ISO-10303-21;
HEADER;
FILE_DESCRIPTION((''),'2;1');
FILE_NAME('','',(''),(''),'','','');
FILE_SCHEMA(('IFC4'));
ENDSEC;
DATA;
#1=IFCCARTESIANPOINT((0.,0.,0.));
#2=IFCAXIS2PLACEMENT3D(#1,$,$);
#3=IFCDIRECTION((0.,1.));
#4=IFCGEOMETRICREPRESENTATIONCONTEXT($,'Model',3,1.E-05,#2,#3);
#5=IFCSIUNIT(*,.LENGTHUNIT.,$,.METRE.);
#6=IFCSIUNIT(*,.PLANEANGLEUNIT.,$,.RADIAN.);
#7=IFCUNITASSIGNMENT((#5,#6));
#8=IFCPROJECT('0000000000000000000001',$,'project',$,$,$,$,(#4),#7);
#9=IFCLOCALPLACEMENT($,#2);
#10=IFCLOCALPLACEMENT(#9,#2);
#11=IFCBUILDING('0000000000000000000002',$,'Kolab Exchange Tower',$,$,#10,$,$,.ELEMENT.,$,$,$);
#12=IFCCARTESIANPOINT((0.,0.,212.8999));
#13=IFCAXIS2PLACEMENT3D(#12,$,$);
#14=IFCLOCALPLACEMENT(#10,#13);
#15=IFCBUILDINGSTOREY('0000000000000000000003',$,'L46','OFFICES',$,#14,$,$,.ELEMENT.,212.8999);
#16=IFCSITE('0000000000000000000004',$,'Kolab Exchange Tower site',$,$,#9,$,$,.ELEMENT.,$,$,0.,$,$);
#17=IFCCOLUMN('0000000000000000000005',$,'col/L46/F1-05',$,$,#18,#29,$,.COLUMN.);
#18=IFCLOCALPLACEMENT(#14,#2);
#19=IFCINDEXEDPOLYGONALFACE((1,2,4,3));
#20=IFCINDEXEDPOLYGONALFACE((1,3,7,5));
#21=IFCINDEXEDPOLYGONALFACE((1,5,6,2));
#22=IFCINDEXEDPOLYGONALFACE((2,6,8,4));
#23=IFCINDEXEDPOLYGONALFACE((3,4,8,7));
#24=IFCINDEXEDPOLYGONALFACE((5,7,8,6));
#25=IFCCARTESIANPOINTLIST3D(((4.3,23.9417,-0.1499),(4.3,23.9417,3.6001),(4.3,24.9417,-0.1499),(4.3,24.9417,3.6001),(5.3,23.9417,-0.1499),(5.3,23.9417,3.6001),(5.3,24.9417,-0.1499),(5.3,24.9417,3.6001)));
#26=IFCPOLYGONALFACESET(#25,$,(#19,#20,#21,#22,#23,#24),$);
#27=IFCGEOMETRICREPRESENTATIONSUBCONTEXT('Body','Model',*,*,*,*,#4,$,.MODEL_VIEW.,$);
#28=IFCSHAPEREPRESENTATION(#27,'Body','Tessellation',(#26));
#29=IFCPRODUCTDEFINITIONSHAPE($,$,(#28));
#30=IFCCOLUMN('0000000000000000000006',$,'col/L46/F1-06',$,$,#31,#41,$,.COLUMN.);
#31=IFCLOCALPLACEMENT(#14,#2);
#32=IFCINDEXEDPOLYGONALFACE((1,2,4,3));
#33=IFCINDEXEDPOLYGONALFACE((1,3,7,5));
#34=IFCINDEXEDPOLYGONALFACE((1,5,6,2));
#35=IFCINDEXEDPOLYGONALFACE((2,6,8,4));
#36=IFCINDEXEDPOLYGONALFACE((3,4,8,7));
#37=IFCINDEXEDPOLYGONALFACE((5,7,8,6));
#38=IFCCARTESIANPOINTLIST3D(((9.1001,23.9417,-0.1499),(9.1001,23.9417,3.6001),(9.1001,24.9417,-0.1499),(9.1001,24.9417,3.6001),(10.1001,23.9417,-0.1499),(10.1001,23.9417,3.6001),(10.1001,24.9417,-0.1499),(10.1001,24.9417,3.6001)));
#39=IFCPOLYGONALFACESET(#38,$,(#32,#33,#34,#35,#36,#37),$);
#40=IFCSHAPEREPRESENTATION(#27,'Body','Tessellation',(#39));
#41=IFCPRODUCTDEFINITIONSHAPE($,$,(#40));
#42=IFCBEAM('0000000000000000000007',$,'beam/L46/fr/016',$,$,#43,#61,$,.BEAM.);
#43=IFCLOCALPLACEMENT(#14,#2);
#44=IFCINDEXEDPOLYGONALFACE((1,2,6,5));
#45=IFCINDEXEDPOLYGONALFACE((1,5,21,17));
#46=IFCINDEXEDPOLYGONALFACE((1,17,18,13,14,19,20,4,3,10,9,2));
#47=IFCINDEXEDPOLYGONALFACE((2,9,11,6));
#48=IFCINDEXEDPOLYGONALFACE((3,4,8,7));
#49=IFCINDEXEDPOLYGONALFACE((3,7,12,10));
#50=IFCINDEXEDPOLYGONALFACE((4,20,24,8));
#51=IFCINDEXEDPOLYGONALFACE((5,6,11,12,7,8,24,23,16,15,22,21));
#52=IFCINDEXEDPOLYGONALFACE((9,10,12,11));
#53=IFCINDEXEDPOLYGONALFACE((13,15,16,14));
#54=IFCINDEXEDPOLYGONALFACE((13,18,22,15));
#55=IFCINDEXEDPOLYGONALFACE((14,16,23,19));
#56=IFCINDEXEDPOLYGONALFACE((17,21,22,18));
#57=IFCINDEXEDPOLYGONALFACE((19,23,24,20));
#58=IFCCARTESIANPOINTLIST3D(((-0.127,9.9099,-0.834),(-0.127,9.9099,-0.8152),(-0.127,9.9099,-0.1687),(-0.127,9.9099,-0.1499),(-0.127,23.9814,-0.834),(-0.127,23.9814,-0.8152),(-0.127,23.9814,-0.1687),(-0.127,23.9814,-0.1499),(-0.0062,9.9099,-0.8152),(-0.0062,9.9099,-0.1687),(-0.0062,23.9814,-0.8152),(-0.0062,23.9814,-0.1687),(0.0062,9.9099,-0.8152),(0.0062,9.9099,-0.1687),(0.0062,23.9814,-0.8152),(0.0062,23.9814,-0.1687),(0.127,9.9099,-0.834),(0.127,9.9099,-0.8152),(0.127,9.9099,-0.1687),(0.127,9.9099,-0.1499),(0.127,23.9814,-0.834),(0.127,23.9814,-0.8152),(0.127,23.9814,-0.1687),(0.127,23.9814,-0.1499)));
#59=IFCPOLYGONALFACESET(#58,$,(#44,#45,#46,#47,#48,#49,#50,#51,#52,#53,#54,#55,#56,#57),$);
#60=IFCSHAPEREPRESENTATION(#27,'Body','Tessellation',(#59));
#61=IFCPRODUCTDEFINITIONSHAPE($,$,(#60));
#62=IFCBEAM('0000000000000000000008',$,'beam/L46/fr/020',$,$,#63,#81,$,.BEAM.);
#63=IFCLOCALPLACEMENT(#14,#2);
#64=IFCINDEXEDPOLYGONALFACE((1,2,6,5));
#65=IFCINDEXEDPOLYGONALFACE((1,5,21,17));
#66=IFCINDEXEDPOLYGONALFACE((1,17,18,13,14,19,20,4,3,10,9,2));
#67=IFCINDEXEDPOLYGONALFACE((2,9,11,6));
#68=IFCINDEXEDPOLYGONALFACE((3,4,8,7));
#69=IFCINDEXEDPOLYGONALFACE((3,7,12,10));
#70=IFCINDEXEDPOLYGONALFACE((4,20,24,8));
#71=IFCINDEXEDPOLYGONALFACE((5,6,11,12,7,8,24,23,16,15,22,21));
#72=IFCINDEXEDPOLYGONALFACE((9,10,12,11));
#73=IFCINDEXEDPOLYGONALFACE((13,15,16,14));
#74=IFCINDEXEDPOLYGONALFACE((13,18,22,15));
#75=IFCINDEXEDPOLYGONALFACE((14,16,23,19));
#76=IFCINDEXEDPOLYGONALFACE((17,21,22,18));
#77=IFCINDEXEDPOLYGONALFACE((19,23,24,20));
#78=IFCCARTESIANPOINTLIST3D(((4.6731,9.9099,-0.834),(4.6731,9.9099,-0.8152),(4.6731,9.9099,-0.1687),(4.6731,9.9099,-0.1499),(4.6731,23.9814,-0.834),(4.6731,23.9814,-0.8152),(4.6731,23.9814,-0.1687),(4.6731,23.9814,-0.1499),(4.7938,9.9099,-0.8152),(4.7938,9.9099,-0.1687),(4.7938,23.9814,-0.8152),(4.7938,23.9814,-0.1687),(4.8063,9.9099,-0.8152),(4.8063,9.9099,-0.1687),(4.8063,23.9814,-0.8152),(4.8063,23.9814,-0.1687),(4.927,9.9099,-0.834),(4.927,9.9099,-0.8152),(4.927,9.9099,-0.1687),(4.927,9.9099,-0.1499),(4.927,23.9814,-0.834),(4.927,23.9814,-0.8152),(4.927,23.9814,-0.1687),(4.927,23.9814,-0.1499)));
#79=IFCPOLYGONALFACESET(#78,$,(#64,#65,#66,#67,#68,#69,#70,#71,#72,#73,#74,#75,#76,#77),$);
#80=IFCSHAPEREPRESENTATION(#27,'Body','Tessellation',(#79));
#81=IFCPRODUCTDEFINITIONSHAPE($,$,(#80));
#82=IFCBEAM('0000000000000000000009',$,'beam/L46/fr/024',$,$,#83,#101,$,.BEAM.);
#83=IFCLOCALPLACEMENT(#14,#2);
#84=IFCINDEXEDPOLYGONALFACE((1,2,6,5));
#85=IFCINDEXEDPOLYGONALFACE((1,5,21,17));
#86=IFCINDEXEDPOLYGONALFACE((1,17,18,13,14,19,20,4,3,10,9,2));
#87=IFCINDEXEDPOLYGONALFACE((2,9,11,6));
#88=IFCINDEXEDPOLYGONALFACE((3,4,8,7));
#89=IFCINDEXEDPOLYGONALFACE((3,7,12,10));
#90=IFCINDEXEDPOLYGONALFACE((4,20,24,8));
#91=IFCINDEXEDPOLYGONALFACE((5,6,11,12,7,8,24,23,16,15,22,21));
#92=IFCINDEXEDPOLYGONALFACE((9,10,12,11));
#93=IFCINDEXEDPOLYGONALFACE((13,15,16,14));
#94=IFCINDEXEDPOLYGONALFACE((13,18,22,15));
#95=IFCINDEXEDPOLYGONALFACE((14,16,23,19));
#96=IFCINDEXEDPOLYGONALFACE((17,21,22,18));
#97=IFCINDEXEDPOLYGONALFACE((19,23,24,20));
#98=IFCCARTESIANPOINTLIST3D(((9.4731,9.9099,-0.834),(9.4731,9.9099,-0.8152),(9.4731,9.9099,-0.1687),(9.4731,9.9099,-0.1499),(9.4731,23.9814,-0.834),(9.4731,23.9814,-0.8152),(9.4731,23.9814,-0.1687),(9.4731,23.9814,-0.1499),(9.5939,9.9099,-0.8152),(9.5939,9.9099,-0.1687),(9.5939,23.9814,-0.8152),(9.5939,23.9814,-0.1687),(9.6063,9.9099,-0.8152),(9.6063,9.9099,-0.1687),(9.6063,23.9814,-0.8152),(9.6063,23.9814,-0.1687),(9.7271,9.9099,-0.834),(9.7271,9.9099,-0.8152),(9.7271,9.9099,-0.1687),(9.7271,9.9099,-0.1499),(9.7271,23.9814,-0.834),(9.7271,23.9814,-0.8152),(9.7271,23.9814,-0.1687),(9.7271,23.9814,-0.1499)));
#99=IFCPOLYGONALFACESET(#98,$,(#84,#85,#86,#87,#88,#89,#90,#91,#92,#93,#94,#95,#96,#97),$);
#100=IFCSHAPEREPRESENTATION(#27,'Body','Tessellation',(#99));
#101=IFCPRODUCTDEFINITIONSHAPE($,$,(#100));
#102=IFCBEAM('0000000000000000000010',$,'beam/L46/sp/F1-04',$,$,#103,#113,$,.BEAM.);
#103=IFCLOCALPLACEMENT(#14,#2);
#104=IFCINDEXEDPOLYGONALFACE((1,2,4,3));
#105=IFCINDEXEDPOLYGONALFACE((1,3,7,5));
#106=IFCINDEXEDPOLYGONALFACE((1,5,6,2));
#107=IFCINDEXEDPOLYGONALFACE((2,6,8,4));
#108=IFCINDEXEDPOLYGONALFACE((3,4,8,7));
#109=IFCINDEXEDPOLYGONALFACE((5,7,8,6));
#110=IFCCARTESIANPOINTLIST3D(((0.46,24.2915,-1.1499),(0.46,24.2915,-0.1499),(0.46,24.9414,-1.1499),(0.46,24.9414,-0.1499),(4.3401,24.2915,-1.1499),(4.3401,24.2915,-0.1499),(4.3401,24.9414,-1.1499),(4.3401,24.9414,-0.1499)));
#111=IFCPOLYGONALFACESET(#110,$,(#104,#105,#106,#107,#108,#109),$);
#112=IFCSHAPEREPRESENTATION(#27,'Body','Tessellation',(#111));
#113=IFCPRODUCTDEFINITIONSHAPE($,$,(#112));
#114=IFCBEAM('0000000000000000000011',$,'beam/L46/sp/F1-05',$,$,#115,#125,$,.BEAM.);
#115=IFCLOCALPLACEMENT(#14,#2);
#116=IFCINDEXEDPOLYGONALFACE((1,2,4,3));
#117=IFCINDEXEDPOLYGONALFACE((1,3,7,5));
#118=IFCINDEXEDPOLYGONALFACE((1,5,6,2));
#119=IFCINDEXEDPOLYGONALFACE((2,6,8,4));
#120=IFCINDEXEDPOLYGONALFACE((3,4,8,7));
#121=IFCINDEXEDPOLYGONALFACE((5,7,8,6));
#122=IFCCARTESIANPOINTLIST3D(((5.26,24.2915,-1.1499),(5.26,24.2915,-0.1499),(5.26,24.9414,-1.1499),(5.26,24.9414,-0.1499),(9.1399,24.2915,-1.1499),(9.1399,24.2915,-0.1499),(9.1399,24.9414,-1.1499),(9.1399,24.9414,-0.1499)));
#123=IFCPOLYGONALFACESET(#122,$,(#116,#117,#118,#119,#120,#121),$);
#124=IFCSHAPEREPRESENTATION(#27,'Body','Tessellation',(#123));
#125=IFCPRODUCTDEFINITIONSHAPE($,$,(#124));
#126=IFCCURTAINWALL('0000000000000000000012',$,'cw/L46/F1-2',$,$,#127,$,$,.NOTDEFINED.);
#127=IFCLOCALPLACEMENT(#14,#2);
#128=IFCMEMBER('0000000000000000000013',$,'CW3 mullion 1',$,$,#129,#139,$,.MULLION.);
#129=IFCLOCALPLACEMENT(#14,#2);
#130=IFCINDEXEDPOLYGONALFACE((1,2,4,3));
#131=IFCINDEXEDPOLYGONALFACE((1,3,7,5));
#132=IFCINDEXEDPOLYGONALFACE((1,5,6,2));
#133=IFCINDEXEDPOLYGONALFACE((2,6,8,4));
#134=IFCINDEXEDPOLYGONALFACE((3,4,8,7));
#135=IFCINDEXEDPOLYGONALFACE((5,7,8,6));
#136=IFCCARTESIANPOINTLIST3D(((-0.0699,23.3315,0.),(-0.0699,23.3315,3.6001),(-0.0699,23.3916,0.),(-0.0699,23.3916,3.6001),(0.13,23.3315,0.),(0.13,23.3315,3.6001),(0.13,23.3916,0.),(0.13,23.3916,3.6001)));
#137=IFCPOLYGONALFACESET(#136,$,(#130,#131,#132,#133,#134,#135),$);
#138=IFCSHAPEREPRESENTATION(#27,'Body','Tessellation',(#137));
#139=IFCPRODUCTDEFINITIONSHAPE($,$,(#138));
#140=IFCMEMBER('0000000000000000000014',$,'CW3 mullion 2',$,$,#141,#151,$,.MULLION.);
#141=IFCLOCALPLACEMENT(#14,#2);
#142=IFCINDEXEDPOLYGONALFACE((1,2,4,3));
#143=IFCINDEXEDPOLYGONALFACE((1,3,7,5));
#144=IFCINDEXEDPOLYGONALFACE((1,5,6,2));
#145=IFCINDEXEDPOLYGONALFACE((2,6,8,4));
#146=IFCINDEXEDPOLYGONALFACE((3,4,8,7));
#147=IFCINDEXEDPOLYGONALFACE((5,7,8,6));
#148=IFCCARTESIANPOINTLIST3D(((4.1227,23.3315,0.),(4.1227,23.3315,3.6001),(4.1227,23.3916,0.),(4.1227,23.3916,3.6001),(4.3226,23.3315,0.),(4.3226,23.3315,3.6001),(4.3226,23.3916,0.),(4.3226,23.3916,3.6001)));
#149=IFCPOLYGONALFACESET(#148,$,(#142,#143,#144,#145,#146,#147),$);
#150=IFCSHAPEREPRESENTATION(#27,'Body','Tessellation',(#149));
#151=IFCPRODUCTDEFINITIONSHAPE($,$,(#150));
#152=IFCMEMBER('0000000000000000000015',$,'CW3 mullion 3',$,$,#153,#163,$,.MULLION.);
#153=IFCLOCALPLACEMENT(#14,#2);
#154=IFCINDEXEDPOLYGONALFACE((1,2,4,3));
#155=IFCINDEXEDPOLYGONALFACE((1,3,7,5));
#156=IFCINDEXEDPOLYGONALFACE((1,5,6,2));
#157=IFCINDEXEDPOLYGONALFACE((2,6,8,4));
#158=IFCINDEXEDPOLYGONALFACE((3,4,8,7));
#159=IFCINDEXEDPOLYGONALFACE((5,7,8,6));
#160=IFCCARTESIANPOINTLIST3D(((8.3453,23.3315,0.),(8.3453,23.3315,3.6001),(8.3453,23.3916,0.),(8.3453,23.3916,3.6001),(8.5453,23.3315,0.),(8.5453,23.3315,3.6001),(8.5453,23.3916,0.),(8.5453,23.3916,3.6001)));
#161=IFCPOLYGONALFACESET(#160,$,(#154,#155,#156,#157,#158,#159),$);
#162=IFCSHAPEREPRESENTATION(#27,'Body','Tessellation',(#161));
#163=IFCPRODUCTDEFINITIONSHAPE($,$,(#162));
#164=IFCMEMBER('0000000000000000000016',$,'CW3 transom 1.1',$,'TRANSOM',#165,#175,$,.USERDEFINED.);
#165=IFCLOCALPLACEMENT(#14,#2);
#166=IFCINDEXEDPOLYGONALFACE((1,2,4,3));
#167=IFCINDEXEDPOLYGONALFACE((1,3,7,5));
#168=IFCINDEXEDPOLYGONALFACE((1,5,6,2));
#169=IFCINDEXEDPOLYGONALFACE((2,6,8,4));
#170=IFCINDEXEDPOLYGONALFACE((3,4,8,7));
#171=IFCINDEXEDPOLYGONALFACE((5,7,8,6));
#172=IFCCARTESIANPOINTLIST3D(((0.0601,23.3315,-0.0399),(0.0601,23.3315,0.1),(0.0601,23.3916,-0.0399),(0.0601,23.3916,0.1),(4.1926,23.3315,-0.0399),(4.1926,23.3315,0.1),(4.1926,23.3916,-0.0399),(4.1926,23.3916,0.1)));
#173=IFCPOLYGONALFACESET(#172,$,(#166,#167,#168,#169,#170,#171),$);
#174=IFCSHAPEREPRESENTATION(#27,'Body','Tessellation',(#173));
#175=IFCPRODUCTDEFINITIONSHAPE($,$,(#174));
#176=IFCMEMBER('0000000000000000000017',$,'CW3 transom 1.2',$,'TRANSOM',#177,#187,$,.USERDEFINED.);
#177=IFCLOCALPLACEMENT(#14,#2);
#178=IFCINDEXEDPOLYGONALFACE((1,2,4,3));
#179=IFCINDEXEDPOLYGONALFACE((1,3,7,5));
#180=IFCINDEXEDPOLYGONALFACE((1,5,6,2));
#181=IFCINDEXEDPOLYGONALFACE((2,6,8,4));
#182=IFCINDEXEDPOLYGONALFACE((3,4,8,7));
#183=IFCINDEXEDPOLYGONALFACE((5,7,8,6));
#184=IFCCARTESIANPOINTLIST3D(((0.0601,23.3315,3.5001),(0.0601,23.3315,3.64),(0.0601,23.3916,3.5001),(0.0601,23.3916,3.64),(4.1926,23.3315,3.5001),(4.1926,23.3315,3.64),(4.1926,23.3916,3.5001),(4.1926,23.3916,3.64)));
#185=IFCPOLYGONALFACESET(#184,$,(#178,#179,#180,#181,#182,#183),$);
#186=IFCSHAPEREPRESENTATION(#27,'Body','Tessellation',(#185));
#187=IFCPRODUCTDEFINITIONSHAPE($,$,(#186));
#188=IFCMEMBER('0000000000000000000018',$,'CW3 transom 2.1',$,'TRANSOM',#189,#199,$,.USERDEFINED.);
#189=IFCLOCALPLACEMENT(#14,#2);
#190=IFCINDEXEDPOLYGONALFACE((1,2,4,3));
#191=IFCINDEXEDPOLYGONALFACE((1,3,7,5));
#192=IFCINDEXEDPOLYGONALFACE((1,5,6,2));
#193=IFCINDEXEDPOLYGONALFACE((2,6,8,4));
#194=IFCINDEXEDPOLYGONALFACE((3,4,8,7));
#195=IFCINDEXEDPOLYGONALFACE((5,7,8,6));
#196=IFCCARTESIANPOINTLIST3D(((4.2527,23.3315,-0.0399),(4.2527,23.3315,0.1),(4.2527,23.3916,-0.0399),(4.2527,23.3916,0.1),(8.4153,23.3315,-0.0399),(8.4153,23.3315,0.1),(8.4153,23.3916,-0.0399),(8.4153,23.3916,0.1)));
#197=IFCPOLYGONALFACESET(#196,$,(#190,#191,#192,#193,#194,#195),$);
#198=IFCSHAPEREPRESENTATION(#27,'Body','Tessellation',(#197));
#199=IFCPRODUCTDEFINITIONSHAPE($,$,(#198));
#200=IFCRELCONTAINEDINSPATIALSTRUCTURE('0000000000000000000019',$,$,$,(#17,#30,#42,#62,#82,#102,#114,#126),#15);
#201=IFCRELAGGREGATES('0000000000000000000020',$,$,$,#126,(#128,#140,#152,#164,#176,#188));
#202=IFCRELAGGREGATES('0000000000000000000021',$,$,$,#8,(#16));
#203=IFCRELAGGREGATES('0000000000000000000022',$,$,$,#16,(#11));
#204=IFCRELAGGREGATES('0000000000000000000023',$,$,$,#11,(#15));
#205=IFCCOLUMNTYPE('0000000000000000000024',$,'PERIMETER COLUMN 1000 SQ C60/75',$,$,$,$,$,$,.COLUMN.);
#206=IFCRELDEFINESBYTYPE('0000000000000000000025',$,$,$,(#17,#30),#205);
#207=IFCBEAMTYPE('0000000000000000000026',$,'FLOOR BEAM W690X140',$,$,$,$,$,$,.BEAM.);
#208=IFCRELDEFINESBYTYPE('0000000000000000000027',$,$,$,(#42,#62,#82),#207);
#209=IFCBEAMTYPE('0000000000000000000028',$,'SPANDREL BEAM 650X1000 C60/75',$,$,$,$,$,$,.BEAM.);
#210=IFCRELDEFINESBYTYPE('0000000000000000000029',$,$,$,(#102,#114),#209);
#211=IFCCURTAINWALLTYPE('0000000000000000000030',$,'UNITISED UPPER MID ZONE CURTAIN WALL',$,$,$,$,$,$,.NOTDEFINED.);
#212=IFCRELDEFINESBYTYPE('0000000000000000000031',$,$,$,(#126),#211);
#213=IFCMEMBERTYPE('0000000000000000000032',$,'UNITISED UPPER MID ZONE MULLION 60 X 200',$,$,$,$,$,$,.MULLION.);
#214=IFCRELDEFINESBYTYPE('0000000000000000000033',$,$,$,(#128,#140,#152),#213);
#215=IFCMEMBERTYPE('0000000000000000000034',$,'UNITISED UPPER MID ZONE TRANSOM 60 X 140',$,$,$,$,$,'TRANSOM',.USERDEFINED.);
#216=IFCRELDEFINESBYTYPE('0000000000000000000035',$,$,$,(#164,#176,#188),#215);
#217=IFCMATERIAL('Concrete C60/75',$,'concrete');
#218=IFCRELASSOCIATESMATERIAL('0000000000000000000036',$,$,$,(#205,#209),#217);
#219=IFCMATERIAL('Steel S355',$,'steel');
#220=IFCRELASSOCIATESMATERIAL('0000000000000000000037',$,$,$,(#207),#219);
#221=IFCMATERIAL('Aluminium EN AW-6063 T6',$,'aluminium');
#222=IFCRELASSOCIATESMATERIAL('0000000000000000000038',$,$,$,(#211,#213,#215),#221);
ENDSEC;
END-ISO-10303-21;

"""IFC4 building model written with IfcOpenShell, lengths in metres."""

from ifc_helpers import new_model, si_unit, direction, frame, origin, origin_2d, place, context, subcontext, project, spatial, rectangle, i_section, extrude, material, material_profile, profile_set, type_object, element, aggregate, save


model = new_model("IFC4")

# Units and contexts
model_context = context("Model", 3, precision=1e-05, world=origin(), true_north=direction((0.0, 1.0)))
body_context = subcontext(model_context, "Body", "Model", "MODEL_VIEW")
ifc_project = project(units=[si_unit("LENGTHUNIT", "METRE"), si_unit("PLANEANGLEUNIT", "RADIAN")], contexts=[model_context])

# Site, building, storey
site_placement = place(None, origin())
site = spatial("IfcSite", under=ifc_project, at=site_placement, Name="Kolab Exchange Tower site", CompositionType="ELEMENT", RefElevation=0.0)
building_placement = place(site_placement, origin())
building = spatial("IfcBuilding", under=site, at=building_placement, Name="Kolab Exchange Tower", CompositionType="ELEMENT")
storey_placement = place(building_placement, frame((0.0, 0.0, 212.8999)))
storey = spatial("IfcBuildingStorey", under=building, at=storey_placement, Name="L46", Description="OFFICES", CompositionType="ELEMENT", Elevation=212.8999)

# Columns
ifc_material_1 = material(Name="Concrete C60/75", Category="concrete")
ifc_material_profile_1 = material_profile(ifc_material_1, rectangle(XDim=1.0, YDim=1.0, at=origin_2d()), Name="RC1000")
ifc_profile_set_1 = profile_set([ifc_material_profile_1], Name="Concrete C60/75")
column_type = type_object("IfcColumnType", Name="PERIMETER COLUMN 1000 SQ C60/75", PredefinedType="COLUMN", material=ifc_profile_set_1)
for number, where, z_axis, x_axis, name in (
    (1, (4.8, 24.4417, -0.1499), (0.0, 0.0, 1.0), (1.0, 0.0, 0.0), "col/L46/F1-05"),
    (2, (9.6001, 24.4417, -0.1499), (0.0, 0.0, 1.0), (1.0, 0.0, 0.0), "col/L46/F1-06"),
):
    element("IfcColumn", number, at=place(storey_placement, frame(where, z_axis=z_axis, x_axis=x_axis)), inside=storey, type_object=column_type, Name=name, PredefinedType="COLUMN", context=body_context, shape_type="SweptSolid", body=[
        extrude(rectangle(XDim=1.0, YDim=1.0, at=origin_2d()), origin(), (0.0, 0.0, 1.0), 3.75),
    ])

# Beams
ifc_material_2 = material(Name="Steel S355", Category="steel")
ifc_material_profile_2 = material_profile(ifc_material_2, i_section(OverallWidth=0.2539, OverallDepth=0.6841, WebThickness=0.0125, FlangeThickness=0.0188, at=origin_2d()), Name="W690X140")
ifc_profile_set_2 = profile_set([ifc_material_profile_2], Name="Steel S355")
beam_type_1 = type_object("IfcBeamType", Name="FLOOR BEAM W690X140", PredefinedType="BEAM", material=ifc_profile_set_2)
for number, where, z_axis, x_axis, name in (
    (3, (0.0, 9.9099, -0.4919), (0.0, 1.0, 0.0), (-1.0, 0.0, 0.0), "beam/L46/fr/016"),
    (4, (4.8, 9.9099, -0.4919), (0.0, 1.0, 0.0), (-1.0, 0.0, 0.0), "beam/L46/fr/020"),
    (5, (9.6001, 9.9099, -0.4919), (0.0, 1.0, 0.0), (-1.0, 0.0, 0.0), "beam/L46/fr/024"),
):
    element("IfcBeam", number, at=place(storey_placement, frame(where, z_axis=z_axis, x_axis=x_axis)), inside=storey, type_object=beam_type_1, Name=name, PredefinedType="BEAM", context=body_context, shape_type="SweptSolid", body=[
        extrude(i_section(OverallWidth=0.2539, OverallDepth=0.6841, WebThickness=0.0125, FlangeThickness=0.0188, at=origin_2d()), origin(), (0.0, 0.0, 1.0), 14.0715),
    ])
ifc_material_profile_3 = material_profile(ifc_material_1, rectangle(XDim=0.6499, YDim=1.0, at=origin_2d()), Name="RC650X1000")
ifc_profile_set_3 = profile_set([ifc_material_profile_3], Name="Concrete C60/75")
beam_type_2 = type_object("IfcBeamType", Name="SPANDREL BEAM 650X1000 C60/75", PredefinedType="BEAM", material=ifc_profile_set_3)
beam_1_placement = place(storey_placement, frame((0.46, 24.6165, -0.6499), z_axis=(1.0, 0.0, 0.0), x_axis=(0.0, 1.0, 0.0)))
element("IfcBeam", 6, at=beam_1_placement, inside=storey, type_object=beam_type_2, Name="beam/L46/sp/F1-04", PredefinedType="BEAM", context=body_context, shape_type="SweptSolid", body=[
    extrude(rectangle(XDim=0.6499, YDim=1.0, at=origin_2d()), origin(), (0.0, 0.0, 1.0), 3.8801),
])
beam_2_placement = place(storey_placement, frame((5.26, 24.6165, -0.6499), z_axis=(1.0, 0.0, 0.0), x_axis=(0.0, 1.0, 0.0)))
element("IfcBeam", 7, at=beam_2_placement, inside=storey, type_object=beam_type_2, Name="beam/L46/sp/F1-05", PredefinedType="BEAM", context=body_context, shape_type="SweptSolid", body=[
    extrude(rectangle(XDim=0.6499, YDim=1.0, at=origin_2d()), origin(), (0.0, 0.0, 1.0), 3.8799),
])

# Curtain wall, members
ifc_material_3 = material(Name="Aluminium EN AW-6063 T6", Category="aluminium")
curtain_wall_type = type_object("IfcCurtainWallType", Name="UNITISED UPPER MID ZONE CURTAIN WALL", PredefinedType="NOTDEFINED", material=ifc_material_3)
curtain_wall_placement = place(storey_placement, origin())
curtain_wall = element("IfcCurtainWall", 8, at=curtain_wall_placement, inside=storey, type_object=curtain_wall_type, Name="cw/L46/F1-2", PredefinedType="NOTDEFINED")
ifc_material_profile_4 = material_profile(ifc_material_3, rectangle(XDim=0.0601, YDim=0.2, at=origin_2d()), Name="RECT 60X200")
ifc_profile_set_4 = profile_set([ifc_material_profile_4], Name="Aluminium EN AW-6063 T6")
member_type_1 = type_object("IfcMemberType", Name="UNITISED UPPER MID ZONE MULLION 60 X 200", PredefinedType="MULLION", material=ifc_profile_set_4)
member_1_placement = place(storey_placement, frame((0.03, 23.3616, 0.0), z_axis=(0.0, 0.0, 1.0), x_axis=(0.0, 1.0, 0.0)))
member_1 = element("IfcMember", 9, at=member_1_placement, type_object=member_type_1, Name="CW3 mullion 1", PredefinedType="MULLION", context=body_context, shape_type="SweptSolid", body=[
    extrude(rectangle(XDim=0.0601, YDim=0.2, at=origin_2d()), origin(), (0.0, 0.0, 1.0), 3.6001),
])
member_2_placement = place(storey_placement, frame((4.2227, 23.3616, 0.0), z_axis=(0.0, 0.0, 1.0), x_axis=(0.0, 1.0, 0.0)))
member_2 = element("IfcMember", 10, at=member_2_placement, type_object=member_type_1, Name="CW3 mullion 2", PredefinedType="MULLION", context=body_context, shape_type="SweptSolid", body=[
    extrude(rectangle(XDim=0.0601, YDim=0.2, at=origin_2d()), origin(), (0.0, 0.0, 1.0), 3.6001),
])
member_3_placement = place(storey_placement, frame((8.4453, 23.3616, 0.0), z_axis=(0.0, 0.0, 1.0), x_axis=(0.0, 1.0, 0.0)))
member_3 = element("IfcMember", 11, at=member_3_placement, type_object=member_type_1, Name="CW3 mullion 3", PredefinedType="MULLION", context=body_context, shape_type="SweptSolid", body=[
    extrude(rectangle(XDim=0.0601, YDim=0.2, at=origin_2d()), origin(), (0.0, 0.0, 1.0), 3.6001),
])
ifc_material_profile_5 = material_profile(ifc_material_3, rectangle(XDim=0.0601, YDim=0.1399, at=origin_2d()), Name="RECT 60X140")
ifc_profile_set_5 = profile_set([ifc_material_profile_5], Name="Aluminium EN AW-6063 T6")
member_type_2 = type_object("IfcMemberType", Name="UNITISED UPPER MID ZONE TRANSOM 60 X 140", ElementType="TRANSOM", PredefinedType="USERDEFINED", material=ifc_profile_set_5)
member_4_placement = place(storey_placement, frame((0.0601, 23.3616, 0.03), z_axis=(1.0, 0.0, 0.0), x_axis=(0.0, 1.0, 0.0)))
member_4 = element("IfcMember", 12, at=member_4_placement, type_object=member_type_2, Name="CW3 transom 1.1", ObjectType="TRANSOM", PredefinedType="USERDEFINED", context=body_context, shape_type="SweptSolid", body=[
    extrude(rectangle(XDim=0.0601, YDim=0.1399, at=origin_2d()), origin(), (0.0, 0.0, 1.0), 4.1326),
])
member_5_placement = place(storey_placement, frame((0.0601, 23.3616, 3.5701), z_axis=(1.0, 0.0, 0.0), x_axis=(0.0, 1.0, 0.0)))
member_5 = element("IfcMember", 13, at=member_5_placement, type_object=member_type_2, Name="CW3 transom 1.2", ObjectType="TRANSOM", PredefinedType="USERDEFINED", context=body_context, shape_type="SweptSolid", body=[
    extrude(rectangle(XDim=0.0601, YDim=0.1399, at=origin_2d()), origin(), (0.0, 0.0, 1.0), 4.1326),
])
member_6_placement = place(storey_placement, frame((4.2527, 23.3616, 0.03), z_axis=(1.0, 0.0, 0.0), x_axis=(0.0, 1.0, 0.0)))
member_6 = element("IfcMember", 14, at=member_6_placement, type_object=member_type_2, Name="CW3 transom 2.1", ObjectType="TRANSOM", PredefinedType="USERDEFINED", context=body_context, shape_type="SweptSolid", body=[
    extrude(rectangle(XDim=0.0601, YDim=0.1399, at=origin_2d()), origin(), (0.0, 0.0, 1.0), 4.1626),
])
aggregate(curtain_wall, [member_1, member_2, member_3, member_4, member_5, member_6])

save(model, "model.ifc")
